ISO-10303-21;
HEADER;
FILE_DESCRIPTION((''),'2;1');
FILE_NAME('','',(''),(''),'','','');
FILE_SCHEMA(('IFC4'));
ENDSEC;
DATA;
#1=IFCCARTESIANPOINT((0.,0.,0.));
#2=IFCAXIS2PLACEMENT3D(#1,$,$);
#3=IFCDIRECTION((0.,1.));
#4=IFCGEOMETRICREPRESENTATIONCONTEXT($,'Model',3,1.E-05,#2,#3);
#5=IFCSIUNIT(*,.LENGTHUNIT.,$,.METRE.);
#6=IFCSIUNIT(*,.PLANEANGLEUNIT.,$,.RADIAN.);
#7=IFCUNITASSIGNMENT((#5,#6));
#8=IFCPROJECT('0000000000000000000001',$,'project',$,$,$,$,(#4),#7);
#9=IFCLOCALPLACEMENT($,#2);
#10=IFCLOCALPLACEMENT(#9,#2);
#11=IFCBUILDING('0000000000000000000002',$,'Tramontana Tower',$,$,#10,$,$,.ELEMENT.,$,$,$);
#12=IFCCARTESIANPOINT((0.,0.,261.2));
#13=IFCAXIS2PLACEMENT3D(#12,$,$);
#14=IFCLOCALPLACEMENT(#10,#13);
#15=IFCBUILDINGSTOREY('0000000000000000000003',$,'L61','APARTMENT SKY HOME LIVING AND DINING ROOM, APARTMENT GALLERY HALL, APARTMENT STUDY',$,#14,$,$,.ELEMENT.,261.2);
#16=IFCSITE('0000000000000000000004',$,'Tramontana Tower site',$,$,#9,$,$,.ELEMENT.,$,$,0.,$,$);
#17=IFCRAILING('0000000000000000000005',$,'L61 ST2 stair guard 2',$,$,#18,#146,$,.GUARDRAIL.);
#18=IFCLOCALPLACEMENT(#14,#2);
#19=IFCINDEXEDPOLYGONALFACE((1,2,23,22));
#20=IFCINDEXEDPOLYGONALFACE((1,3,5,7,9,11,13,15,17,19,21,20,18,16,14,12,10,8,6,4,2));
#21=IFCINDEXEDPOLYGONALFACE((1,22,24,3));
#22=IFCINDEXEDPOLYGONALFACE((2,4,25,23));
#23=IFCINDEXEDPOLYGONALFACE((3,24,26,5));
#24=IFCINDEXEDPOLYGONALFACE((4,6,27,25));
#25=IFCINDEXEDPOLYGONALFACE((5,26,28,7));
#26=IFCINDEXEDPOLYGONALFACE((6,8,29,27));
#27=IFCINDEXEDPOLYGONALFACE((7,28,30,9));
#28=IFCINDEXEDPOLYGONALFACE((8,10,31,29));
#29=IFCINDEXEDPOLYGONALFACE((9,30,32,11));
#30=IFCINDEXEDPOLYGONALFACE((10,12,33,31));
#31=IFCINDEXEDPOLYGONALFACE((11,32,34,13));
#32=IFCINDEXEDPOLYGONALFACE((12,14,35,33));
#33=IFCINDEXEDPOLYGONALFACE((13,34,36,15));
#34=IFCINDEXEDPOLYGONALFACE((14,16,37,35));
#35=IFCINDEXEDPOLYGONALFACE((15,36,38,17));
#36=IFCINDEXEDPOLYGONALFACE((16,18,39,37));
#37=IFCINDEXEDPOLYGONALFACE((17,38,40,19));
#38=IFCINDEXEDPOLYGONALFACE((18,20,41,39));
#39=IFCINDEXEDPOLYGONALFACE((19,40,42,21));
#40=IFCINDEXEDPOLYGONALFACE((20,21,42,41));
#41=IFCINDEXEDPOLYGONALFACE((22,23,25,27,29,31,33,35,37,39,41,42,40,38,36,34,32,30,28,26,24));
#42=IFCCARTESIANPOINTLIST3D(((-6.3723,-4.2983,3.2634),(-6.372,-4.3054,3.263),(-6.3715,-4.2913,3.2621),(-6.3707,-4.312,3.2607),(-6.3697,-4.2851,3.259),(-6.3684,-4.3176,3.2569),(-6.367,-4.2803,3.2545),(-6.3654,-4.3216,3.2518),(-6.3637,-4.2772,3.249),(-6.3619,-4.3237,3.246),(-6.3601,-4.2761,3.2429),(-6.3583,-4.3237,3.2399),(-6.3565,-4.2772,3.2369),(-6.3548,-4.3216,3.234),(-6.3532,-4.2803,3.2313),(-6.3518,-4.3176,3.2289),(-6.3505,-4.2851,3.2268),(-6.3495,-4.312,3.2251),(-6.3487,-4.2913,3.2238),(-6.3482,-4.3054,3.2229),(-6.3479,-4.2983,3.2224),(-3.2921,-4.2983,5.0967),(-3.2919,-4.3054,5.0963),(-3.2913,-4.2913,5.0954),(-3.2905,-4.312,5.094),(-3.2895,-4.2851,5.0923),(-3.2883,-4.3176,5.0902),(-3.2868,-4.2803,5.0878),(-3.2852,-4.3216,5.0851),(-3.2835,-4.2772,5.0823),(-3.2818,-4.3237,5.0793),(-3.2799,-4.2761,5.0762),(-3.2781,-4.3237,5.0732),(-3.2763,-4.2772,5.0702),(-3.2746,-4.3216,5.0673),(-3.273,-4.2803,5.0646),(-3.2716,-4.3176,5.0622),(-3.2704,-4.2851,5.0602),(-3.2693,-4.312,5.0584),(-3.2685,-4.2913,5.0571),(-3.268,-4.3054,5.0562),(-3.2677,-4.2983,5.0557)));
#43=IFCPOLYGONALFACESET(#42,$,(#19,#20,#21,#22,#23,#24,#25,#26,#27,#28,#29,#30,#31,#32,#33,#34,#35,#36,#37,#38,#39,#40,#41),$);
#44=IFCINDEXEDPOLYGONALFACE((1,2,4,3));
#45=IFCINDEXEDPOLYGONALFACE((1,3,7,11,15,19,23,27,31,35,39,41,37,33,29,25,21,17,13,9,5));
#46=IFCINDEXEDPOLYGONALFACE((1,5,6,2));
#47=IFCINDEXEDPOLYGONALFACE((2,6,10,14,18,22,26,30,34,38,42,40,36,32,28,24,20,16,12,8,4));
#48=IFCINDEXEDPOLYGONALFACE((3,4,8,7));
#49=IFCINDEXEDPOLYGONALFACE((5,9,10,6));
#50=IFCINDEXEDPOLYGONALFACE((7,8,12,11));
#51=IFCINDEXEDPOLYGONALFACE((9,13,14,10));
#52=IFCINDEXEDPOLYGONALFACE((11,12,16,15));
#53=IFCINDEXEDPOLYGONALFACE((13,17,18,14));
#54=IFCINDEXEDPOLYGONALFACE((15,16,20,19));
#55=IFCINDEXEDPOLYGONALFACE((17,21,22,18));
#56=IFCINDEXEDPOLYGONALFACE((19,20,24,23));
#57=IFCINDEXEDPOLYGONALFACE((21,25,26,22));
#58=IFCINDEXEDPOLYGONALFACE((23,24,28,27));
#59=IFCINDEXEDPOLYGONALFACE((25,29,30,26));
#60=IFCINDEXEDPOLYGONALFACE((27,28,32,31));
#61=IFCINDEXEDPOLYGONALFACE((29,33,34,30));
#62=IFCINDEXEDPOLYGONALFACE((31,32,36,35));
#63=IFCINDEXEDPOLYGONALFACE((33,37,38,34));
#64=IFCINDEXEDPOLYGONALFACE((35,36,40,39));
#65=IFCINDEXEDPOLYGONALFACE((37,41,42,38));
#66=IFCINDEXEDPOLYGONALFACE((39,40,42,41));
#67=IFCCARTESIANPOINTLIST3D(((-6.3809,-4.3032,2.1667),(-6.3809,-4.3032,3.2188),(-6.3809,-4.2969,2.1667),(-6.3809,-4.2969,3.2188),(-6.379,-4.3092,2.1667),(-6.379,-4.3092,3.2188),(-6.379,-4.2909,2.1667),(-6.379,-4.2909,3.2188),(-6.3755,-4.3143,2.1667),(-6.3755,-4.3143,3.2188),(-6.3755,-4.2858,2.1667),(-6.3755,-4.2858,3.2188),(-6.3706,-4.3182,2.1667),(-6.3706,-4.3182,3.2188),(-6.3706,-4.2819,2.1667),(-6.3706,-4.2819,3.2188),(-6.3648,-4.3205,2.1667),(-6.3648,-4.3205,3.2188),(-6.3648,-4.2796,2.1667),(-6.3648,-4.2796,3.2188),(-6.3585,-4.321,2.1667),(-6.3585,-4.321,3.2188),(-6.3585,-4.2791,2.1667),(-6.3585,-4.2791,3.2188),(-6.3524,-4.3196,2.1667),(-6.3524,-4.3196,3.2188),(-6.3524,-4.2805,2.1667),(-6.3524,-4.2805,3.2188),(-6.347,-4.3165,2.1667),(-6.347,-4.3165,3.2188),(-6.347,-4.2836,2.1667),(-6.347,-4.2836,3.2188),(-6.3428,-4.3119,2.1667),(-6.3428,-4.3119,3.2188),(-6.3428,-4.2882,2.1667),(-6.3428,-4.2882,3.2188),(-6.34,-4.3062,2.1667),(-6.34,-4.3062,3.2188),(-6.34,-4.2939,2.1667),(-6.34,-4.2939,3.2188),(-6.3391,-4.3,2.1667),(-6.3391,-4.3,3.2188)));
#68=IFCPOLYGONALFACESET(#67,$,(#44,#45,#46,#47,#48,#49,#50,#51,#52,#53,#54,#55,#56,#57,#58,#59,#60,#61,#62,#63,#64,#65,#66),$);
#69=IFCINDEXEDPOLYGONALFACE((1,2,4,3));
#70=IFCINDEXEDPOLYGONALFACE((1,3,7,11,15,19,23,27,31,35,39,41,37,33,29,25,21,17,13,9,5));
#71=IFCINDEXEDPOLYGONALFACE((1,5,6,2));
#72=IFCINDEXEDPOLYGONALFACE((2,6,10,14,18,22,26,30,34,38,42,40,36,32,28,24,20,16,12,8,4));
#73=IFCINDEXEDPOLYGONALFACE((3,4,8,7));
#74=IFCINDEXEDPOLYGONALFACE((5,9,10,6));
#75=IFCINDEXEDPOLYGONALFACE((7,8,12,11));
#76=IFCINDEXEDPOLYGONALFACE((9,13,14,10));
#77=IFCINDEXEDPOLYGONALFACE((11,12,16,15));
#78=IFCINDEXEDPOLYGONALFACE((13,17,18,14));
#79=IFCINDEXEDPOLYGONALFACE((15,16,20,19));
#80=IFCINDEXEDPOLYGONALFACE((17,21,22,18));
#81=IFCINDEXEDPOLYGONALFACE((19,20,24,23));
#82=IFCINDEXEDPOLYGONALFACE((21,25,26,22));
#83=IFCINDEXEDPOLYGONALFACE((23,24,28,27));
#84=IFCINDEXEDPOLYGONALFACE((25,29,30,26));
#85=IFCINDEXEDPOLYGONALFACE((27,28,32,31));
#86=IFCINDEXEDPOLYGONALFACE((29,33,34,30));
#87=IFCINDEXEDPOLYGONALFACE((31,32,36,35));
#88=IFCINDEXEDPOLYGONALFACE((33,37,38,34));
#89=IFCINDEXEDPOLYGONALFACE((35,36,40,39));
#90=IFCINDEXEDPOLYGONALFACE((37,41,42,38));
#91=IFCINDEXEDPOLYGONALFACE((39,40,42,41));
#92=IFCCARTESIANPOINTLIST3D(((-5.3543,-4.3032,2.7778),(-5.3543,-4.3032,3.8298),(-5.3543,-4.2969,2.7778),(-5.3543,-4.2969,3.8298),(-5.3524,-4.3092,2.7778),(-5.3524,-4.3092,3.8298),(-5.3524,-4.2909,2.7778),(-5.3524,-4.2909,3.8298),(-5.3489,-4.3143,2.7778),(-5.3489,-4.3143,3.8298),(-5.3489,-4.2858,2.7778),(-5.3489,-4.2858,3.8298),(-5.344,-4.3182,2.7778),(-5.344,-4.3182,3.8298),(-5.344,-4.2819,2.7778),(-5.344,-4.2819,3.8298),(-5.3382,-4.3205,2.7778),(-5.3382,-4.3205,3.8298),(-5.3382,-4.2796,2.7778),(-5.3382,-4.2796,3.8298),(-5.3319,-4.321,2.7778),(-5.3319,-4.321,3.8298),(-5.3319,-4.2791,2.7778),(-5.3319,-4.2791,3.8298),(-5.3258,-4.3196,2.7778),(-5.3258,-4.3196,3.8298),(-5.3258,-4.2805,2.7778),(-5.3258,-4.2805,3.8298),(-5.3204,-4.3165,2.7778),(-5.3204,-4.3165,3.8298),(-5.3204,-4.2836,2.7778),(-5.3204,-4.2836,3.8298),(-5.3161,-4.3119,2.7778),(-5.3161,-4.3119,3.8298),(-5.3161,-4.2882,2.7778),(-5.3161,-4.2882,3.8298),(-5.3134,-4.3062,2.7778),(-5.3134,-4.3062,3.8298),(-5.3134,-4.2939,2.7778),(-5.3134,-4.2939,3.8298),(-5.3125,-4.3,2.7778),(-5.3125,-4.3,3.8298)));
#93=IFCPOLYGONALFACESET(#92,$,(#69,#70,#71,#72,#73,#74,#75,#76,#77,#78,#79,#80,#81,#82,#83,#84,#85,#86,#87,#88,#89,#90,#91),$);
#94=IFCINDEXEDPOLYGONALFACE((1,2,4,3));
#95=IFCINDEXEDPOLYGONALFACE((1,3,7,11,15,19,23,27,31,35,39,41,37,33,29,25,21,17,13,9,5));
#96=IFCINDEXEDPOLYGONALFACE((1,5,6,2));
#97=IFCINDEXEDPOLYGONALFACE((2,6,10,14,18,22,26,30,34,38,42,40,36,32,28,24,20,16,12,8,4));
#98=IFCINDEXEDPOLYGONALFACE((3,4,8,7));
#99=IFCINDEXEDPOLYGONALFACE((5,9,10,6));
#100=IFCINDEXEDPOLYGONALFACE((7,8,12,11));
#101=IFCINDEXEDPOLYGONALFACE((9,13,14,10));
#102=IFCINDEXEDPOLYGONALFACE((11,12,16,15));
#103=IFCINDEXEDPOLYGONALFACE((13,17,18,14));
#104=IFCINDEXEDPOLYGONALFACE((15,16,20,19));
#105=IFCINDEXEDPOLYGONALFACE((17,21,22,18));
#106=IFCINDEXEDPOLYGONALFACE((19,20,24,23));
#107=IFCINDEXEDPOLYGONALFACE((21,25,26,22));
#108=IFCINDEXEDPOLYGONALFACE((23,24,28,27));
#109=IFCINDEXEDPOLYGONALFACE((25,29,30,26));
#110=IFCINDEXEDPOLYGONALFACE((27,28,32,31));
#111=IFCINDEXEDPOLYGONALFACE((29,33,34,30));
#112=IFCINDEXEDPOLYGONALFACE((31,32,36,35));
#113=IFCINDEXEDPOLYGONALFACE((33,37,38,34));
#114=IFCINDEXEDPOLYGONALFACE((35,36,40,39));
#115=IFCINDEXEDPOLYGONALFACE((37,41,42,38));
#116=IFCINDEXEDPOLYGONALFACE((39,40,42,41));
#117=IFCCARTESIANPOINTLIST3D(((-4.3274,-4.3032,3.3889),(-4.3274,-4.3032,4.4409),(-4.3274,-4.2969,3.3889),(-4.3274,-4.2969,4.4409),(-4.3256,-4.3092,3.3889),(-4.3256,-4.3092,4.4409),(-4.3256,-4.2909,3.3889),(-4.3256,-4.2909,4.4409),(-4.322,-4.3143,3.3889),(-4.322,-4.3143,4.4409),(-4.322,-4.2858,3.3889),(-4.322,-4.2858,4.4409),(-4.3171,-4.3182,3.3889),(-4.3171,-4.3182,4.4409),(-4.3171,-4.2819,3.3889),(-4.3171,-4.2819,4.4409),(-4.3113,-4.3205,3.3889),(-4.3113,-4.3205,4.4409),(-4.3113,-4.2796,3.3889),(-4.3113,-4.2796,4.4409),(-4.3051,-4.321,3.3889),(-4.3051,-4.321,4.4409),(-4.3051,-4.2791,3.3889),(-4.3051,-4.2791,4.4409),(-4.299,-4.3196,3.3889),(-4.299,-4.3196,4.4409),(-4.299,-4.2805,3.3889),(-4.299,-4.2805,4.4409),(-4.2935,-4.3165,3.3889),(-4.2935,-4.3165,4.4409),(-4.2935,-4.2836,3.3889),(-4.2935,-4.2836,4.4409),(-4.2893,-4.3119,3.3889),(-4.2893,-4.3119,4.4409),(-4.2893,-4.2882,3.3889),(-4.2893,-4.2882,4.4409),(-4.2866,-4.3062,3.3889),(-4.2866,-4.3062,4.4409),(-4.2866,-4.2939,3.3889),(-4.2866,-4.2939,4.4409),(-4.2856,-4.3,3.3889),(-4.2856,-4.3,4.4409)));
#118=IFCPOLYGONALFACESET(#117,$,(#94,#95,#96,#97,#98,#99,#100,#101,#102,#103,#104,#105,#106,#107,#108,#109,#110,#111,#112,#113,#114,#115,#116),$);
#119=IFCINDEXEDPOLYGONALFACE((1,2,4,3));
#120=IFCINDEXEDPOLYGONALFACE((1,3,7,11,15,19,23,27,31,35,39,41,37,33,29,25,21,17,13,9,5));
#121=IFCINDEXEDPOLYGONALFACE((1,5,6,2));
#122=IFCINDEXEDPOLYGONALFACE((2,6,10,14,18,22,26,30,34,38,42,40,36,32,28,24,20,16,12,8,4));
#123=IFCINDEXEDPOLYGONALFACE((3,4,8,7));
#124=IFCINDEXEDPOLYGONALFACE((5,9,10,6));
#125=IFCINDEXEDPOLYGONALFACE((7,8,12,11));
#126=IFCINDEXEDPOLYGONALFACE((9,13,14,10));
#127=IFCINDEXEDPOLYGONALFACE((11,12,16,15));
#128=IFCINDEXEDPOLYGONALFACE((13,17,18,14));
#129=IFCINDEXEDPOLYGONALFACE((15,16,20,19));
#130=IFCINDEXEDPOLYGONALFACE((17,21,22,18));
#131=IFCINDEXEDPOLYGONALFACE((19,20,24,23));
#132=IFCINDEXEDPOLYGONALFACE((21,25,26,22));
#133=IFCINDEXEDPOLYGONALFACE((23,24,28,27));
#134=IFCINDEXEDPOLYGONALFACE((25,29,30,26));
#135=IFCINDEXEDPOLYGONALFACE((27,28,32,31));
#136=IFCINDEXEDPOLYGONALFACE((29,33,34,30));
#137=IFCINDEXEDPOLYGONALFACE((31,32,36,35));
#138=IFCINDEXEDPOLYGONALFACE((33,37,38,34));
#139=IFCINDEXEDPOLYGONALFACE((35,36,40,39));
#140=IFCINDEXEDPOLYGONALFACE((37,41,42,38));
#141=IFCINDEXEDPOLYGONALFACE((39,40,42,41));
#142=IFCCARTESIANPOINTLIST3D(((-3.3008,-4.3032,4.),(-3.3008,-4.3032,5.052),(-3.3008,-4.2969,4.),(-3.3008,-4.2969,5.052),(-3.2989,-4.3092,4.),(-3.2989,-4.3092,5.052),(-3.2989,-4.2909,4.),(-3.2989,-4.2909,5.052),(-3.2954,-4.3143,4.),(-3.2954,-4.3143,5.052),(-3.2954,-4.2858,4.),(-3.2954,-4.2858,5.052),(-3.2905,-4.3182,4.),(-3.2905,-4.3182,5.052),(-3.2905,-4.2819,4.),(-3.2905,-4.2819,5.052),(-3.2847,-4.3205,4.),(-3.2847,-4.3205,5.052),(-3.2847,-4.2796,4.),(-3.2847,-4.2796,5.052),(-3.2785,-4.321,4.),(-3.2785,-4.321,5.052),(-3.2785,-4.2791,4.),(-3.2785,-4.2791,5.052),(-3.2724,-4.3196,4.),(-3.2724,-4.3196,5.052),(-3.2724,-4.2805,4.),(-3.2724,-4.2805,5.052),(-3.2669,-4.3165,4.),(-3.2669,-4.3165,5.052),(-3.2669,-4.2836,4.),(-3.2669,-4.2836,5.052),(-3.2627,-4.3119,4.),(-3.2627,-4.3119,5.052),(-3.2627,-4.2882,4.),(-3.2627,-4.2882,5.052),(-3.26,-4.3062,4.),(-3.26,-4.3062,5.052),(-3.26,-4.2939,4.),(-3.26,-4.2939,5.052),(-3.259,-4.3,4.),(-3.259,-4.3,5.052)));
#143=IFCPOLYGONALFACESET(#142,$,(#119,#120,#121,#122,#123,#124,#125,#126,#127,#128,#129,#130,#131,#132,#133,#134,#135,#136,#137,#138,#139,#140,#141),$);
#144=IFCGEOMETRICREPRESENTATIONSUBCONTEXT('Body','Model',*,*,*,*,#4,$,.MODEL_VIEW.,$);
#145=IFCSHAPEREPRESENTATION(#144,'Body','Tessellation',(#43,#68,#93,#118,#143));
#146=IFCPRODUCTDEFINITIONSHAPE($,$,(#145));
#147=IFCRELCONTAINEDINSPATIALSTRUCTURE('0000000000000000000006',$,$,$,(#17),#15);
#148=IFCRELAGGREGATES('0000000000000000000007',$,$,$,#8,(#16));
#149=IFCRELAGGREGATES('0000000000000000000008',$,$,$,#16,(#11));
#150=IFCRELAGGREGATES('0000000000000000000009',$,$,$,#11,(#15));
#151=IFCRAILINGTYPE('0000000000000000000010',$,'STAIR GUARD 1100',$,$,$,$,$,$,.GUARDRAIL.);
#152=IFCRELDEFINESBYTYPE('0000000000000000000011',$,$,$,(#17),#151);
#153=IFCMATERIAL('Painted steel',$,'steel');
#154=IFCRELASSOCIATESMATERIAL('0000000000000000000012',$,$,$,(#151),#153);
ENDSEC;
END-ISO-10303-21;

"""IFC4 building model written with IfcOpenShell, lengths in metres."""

from ifc_helpers import new_model, si_unit, direction, frame, origin, origin_2d, place, context, subcontext, project, spatial, circle, extrude, material, type_object, element, save


model = new_model("IFC4")

# Units and contexts
model_context = context("Model", 3, precision=1e-05, world=origin(), true_north=direction((0.0, 1.0)))
body_context = subcontext(model_context, "Body", "Model", "MODEL_VIEW")
ifc_project = project(units=[si_unit("LENGTHUNIT", "METRE"), si_unit("PLANEANGLEUNIT", "RADIAN")], contexts=[model_context])

# Site, building, storey
site_placement = place(None, origin())
site = spatial("IfcSite", under=ifc_project, at=site_placement, Name="Tramontana Tower site", CompositionType="ELEMENT", RefElevation=0.0)
building_placement = place(site_placement, origin())
building = spatial("IfcBuilding", under=site, at=building_placement, Name="Tramontana Tower", CompositionType="ELEMENT")
storey_placement = place(building_placement, frame((0.0, 0.0, 261.2)))
storey = spatial("IfcBuildingStorey", under=building, at=storey_placement, Name="L61", Description="APARTMENT SKY HOME LIVING AND DINING ROOM, APARTMENT GALLERY HALL, APARTMENT STUDY", CompositionType="ELEMENT", Elevation=261.2)

# Railing
ifc_material_1 = material(Name="Painted steel", Category="steel")
railing_type_1 = type_object("IfcRailingType", Name="STAIR GUARD 1100", PredefinedType="GUARDRAIL", material=ifc_material_1)
railing_1_placement = place(storey_placement, frame((-6.3601, -4.3, 2.1667)))
element("IfcRailing", 1, at=railing_1_placement, inside=storey, type_object=railing_type_1, Name="L61 ST2 stair guard 2", PredefinedType="GUARDRAIL", context=body_context, shape_type="SweptSolid", body=[
    extrude(circle(Radius=0.0239, at=origin_2d()), frame((0.0, 0.0, 1.0762), z_axis=(0.859309, 0.0, 0.511458), x_axis=(0.0, 1.0, 0.0)), (0.0, 0.0, 1.0), 3.5845),
    extrude(circle(Radius=0.021, at=origin_2d()), origin(), (0.0, 0.0, 1.0), 1.052),
    extrude(circle(Radius=0.021, at=origin_2d()), frame((1.0266, 0.0, 0.6111)), (0.0, 0.0, 1.0), 1.052),
    extrude(circle(Radius=0.021, at=origin_2d()), frame((2.0535, 0.0, 1.2222)), (0.0, 0.0, 1.0), 1.052),
    extrude(circle(Radius=0.021, at=origin_2d()), frame((3.0801, 0.0, 1.8333)), (0.0, 0.0, 1.0), 1.052),
])

save(model, "model.ifc")
